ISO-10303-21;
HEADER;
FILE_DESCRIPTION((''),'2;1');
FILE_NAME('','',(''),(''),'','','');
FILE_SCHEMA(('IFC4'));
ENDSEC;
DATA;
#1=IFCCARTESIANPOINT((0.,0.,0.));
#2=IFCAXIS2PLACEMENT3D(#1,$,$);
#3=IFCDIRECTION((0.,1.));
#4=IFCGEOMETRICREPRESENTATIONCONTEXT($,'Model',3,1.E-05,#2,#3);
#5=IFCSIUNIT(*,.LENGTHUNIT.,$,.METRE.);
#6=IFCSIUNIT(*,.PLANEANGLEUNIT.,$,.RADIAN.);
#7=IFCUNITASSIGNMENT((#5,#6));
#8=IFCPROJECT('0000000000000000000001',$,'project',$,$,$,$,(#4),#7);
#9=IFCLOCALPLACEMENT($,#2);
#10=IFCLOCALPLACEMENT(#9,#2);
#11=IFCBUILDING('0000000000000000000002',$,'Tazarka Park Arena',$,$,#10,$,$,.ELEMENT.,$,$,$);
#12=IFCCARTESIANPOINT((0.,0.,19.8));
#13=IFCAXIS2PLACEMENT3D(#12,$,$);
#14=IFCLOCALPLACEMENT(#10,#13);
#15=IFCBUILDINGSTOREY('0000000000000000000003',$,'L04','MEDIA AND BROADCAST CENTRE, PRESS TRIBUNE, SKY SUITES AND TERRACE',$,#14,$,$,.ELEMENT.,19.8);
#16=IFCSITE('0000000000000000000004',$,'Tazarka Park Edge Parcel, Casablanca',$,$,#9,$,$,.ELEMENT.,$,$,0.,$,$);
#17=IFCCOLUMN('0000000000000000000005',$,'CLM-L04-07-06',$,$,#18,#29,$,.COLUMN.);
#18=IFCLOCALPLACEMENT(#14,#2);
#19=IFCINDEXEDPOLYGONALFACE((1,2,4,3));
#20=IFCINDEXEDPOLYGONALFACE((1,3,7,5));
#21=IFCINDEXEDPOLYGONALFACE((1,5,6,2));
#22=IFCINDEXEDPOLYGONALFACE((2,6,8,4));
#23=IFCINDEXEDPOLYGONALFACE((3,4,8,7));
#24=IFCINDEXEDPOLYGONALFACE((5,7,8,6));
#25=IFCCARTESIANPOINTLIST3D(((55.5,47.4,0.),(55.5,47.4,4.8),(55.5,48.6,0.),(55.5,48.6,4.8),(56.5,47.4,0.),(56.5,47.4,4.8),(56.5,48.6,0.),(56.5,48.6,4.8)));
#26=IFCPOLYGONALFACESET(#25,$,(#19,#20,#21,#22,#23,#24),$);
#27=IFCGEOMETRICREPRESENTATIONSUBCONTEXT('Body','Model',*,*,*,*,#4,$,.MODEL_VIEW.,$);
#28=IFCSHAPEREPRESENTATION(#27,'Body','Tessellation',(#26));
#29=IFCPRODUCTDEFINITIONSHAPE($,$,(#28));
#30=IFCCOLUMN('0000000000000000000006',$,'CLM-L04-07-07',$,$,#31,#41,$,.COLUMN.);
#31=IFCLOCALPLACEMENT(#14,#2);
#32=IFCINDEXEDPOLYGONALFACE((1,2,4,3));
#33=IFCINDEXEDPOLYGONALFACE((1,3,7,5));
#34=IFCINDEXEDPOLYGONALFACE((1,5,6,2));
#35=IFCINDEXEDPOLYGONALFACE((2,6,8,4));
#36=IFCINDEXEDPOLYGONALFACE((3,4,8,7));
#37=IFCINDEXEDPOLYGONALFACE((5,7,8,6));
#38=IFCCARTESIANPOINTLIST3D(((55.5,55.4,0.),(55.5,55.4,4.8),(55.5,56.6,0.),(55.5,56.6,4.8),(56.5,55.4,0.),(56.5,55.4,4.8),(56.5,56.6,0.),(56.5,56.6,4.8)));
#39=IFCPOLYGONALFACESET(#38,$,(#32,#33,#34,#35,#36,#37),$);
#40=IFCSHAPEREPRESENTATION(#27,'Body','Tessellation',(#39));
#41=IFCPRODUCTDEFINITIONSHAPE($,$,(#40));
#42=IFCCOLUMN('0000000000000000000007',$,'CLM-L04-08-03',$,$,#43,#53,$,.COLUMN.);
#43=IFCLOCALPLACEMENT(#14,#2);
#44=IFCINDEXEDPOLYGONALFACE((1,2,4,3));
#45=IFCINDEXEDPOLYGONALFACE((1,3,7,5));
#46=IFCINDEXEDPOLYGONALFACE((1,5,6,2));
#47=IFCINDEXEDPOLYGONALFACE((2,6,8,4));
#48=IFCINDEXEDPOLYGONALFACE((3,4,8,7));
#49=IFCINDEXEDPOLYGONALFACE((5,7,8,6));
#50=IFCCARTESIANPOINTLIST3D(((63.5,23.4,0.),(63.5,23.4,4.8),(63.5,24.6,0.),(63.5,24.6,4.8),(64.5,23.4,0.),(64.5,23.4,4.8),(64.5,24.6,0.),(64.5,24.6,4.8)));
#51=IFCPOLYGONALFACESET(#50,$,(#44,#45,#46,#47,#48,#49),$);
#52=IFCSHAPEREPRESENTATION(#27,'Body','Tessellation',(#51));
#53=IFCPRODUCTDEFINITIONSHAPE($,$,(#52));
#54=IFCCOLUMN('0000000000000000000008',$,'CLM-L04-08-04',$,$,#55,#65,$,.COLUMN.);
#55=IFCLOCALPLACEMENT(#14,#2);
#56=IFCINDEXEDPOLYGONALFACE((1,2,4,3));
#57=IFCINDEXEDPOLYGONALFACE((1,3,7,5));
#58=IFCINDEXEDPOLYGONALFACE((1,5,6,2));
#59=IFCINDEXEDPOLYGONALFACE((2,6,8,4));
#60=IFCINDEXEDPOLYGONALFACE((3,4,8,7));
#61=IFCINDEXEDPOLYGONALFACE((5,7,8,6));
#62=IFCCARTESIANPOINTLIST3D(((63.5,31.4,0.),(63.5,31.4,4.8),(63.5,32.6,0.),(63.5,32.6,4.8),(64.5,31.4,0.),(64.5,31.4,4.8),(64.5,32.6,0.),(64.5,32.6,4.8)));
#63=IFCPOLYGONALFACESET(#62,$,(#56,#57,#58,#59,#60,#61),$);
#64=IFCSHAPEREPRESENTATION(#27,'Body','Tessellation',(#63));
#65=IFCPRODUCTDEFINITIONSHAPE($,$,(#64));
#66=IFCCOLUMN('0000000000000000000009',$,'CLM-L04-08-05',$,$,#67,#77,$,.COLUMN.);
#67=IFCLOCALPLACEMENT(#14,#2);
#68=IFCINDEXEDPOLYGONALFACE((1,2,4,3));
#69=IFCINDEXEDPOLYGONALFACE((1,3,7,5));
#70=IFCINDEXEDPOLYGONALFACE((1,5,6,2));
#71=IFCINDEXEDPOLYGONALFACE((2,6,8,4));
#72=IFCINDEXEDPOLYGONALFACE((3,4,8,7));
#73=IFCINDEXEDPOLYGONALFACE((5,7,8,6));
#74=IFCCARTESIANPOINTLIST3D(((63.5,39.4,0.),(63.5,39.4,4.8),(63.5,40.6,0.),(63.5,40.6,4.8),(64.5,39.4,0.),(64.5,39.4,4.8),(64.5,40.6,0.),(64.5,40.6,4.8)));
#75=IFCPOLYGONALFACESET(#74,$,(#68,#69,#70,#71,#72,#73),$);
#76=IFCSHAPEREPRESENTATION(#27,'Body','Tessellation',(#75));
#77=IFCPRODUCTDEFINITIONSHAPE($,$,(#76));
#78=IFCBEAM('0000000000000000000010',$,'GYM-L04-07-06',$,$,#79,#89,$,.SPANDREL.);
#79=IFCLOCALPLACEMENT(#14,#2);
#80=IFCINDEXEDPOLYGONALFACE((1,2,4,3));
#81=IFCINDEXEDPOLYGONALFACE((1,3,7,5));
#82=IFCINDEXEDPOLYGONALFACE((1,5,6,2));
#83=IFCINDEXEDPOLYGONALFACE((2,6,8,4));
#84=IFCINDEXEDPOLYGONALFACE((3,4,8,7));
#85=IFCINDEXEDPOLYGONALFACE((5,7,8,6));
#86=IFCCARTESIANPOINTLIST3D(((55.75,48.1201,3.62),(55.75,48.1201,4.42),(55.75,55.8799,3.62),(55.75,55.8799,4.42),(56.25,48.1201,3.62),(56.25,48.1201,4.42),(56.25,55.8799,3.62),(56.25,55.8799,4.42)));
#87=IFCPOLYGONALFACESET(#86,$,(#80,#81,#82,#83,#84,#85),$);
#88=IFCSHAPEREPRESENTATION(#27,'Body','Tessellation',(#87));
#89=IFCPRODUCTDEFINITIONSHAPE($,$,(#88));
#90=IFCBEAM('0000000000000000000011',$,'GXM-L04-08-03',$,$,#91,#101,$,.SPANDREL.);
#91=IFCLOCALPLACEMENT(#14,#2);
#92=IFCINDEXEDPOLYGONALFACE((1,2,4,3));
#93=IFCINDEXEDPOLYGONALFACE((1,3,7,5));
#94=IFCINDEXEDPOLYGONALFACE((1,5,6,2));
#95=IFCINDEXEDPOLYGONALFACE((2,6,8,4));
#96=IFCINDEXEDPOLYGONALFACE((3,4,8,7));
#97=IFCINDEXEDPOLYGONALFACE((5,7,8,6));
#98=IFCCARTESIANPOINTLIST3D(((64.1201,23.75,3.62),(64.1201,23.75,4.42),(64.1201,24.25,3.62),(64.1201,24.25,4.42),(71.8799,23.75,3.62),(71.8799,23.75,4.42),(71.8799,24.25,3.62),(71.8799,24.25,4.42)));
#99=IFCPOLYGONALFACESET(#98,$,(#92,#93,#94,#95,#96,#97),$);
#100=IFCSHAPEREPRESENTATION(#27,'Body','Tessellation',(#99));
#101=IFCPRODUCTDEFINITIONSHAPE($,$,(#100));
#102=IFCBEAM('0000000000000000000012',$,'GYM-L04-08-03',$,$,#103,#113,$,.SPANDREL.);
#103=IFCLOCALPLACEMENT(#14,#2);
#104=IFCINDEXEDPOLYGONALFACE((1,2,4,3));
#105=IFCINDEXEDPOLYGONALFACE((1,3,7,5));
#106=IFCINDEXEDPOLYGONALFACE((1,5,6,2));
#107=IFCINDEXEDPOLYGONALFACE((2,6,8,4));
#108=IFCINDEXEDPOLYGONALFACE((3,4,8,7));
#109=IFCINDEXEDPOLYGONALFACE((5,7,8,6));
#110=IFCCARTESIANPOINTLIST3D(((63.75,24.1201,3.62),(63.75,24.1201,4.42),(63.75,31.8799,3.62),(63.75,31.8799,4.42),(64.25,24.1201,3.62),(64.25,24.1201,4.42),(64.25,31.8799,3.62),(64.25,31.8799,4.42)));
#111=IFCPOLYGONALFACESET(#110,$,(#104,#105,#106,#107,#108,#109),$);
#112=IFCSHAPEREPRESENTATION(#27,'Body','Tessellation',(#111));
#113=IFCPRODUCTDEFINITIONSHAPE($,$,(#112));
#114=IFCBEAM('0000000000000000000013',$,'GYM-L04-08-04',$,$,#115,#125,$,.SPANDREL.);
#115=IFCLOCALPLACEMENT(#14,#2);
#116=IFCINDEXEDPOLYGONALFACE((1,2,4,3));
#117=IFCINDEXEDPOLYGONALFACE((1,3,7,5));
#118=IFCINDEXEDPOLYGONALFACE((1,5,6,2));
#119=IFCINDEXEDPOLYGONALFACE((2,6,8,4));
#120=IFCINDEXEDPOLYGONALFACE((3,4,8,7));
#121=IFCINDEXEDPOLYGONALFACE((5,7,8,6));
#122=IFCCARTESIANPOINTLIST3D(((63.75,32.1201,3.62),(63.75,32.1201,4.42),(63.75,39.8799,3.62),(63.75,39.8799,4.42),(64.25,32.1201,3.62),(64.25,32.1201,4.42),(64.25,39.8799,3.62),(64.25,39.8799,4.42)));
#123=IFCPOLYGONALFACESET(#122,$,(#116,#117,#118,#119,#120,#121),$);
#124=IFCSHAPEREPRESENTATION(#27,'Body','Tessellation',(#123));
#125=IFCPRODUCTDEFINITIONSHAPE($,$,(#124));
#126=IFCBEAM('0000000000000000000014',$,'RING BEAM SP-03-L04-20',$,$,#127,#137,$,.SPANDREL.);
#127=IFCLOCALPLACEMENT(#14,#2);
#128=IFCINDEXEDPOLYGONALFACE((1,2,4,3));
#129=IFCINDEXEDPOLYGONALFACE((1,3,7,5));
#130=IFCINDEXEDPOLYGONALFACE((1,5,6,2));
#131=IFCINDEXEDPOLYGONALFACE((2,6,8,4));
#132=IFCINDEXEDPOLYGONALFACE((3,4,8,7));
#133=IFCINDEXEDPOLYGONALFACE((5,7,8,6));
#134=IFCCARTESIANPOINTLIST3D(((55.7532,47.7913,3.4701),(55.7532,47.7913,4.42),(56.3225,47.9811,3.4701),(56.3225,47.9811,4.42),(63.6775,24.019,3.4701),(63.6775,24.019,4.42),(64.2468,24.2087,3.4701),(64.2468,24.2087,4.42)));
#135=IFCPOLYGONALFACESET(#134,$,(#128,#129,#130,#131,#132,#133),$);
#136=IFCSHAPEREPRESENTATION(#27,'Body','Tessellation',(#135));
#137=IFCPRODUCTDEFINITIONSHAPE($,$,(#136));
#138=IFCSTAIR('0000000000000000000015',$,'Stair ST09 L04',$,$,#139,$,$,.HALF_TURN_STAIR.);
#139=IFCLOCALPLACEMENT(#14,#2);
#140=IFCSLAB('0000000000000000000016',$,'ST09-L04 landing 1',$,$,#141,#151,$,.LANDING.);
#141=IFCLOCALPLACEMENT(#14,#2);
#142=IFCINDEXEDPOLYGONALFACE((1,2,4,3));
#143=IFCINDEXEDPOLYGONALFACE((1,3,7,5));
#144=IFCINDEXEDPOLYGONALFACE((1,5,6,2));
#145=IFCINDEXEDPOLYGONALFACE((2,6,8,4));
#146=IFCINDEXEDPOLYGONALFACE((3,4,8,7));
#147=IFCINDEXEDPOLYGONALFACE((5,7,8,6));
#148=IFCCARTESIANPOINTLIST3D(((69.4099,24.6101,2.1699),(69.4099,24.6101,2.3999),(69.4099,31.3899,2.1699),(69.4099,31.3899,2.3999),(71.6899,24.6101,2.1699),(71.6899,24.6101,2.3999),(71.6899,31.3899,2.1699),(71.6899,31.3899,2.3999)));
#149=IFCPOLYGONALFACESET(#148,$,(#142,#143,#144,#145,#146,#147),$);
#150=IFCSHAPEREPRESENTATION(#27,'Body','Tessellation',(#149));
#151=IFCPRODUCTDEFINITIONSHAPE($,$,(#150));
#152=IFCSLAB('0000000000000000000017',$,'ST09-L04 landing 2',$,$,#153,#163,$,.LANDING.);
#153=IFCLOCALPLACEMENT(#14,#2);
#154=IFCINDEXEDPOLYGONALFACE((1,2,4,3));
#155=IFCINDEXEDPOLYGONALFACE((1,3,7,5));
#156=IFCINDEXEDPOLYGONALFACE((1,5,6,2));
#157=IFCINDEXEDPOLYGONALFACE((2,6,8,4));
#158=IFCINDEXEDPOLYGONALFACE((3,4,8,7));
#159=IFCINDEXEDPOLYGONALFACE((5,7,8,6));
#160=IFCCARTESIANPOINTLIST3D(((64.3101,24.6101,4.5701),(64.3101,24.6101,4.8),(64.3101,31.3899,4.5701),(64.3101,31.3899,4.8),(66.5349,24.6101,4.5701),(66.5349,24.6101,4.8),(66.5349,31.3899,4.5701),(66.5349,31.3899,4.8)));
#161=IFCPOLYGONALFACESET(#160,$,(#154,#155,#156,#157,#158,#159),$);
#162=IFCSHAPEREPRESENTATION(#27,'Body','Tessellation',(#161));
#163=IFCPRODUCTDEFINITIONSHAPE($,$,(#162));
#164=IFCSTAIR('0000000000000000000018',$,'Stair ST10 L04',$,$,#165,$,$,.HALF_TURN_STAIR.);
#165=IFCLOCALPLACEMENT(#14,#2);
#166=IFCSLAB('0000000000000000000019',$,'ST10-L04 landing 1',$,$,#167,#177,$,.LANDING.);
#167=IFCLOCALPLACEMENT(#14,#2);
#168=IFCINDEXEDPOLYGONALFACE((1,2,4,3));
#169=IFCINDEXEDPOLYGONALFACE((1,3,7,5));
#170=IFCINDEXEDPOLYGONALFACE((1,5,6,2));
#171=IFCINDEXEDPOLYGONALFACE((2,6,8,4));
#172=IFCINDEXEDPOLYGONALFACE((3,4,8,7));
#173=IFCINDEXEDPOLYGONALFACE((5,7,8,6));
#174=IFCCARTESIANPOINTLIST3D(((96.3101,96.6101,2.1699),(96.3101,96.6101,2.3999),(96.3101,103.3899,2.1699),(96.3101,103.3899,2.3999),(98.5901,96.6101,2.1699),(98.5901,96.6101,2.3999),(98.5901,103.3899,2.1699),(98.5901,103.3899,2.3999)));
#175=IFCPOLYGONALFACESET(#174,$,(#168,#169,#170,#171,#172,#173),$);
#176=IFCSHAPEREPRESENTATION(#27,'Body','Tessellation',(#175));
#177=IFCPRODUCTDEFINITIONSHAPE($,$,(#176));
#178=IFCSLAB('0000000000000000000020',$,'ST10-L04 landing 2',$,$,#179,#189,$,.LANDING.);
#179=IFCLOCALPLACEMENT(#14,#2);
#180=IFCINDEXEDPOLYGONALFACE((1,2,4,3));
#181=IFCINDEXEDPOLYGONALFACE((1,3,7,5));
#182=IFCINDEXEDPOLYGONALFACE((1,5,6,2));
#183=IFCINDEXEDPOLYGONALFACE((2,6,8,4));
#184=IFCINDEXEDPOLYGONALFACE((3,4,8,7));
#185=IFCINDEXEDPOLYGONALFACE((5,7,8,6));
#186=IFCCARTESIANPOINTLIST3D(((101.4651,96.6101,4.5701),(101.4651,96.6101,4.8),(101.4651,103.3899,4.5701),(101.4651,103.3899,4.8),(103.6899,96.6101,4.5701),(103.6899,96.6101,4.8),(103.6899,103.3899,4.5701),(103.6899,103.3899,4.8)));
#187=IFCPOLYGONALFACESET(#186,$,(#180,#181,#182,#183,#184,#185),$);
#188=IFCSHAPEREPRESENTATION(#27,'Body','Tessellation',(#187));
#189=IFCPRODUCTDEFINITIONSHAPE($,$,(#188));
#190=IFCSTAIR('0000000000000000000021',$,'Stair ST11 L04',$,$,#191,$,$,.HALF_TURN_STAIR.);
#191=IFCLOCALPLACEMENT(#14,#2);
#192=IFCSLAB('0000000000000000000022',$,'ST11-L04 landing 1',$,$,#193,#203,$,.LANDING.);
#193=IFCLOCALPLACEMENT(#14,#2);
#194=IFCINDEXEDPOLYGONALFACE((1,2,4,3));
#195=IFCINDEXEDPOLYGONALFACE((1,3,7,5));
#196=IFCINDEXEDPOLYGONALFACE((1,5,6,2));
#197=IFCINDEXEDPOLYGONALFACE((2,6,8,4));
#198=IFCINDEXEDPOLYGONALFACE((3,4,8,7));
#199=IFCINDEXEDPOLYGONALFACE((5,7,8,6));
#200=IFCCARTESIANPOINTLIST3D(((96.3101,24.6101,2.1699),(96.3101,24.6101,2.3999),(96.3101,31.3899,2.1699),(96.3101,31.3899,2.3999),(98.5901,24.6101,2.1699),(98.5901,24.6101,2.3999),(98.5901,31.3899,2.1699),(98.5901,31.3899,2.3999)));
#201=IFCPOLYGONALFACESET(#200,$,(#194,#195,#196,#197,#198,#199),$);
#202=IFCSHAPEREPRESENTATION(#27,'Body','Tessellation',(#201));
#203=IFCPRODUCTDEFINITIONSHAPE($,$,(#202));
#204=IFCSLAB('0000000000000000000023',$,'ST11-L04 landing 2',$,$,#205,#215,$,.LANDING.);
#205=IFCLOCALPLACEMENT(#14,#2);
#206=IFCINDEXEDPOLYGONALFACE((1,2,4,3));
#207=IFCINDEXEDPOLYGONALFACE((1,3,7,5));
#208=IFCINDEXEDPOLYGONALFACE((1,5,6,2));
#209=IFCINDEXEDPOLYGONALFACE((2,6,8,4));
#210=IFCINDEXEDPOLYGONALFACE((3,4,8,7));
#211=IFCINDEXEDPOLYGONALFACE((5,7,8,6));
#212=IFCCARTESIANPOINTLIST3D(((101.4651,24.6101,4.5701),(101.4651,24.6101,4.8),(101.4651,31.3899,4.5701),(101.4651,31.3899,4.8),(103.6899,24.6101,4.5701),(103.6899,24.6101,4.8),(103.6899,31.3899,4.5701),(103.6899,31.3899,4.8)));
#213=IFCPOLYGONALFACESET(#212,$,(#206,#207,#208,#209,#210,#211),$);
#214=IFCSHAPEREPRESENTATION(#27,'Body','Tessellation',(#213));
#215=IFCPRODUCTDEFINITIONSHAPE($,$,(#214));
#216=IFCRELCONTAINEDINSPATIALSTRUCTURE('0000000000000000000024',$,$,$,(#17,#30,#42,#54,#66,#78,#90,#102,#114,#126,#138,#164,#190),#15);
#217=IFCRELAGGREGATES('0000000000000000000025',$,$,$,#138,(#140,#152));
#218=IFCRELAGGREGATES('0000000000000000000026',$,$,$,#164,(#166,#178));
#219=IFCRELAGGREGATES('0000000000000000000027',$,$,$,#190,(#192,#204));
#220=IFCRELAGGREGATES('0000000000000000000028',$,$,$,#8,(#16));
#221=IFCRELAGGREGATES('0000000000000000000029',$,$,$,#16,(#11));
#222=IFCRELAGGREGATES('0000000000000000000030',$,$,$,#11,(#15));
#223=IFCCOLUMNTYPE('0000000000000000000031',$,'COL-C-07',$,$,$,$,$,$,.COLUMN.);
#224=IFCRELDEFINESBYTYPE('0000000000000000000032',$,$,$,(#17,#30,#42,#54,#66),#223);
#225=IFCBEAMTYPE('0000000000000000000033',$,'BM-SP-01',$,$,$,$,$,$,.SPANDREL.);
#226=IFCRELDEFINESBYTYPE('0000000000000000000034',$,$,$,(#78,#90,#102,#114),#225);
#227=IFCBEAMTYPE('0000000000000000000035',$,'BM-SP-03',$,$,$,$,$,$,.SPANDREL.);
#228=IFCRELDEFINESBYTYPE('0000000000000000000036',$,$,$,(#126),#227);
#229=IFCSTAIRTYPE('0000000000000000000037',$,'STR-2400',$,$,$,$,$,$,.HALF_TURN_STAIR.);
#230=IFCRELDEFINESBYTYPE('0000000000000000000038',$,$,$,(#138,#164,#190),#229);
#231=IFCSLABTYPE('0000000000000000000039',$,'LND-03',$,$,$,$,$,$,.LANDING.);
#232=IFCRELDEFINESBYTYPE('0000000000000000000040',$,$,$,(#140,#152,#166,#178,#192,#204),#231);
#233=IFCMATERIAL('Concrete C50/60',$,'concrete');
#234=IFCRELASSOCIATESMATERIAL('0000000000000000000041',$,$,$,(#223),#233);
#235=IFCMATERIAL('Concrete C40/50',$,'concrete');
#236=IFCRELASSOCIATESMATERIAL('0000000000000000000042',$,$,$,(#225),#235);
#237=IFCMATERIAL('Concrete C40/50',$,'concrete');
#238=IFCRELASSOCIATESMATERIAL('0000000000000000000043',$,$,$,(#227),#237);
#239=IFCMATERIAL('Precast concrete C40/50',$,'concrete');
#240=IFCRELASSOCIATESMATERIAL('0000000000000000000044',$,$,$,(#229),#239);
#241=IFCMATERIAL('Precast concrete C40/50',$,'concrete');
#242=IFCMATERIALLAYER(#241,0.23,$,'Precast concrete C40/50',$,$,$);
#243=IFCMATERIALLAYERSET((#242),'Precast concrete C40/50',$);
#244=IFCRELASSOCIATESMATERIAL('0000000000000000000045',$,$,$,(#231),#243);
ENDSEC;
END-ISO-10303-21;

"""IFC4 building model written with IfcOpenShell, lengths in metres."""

from ifc_helpers import new_model, si_unit, direction, frame, origin, origin_2d, place, context, subcontext, project, spatial, polyline, rectangle, outline, extrude, material, layer, layer_set, material_profile, profile_set, type_object, element, aggregate, save


model = new_model("IFC4")

# Units and contexts
model_context = context("Model", 3, precision=1e-05, world=origin(), true_north=direction((0.0, 1.0)))
body_context = subcontext(model_context, "Body", "Model", "MODEL_VIEW")
ifc_project = project(units=[si_unit("LENGTHUNIT", "METRE"), si_unit("PLANEANGLEUNIT", "RADIAN")], contexts=[model_context])

# Site, building, storey
site_placement = place(None, origin())
site = spatial("IfcSite", under=ifc_project, at=site_placement, Name="Tazarka Park Edge Parcel, Casablanca", CompositionType="ELEMENT", RefElevation=0.0)
building_placement = place(site_placement, origin())
building = spatial("IfcBuilding", under=site, at=building_placement, Name="Tazarka Park Arena", CompositionType="ELEMENT")
storey_placement = place(building_placement, frame((0.0, 0.0, 19.8)))
storey = spatial("IfcBuildingStorey", under=building, at=storey_placement, Name="L04", Description="MEDIA AND BROADCAST CENTRE, PRESS TRIBUNE, SKY SUITES AND TERRACE", CompositionType="ELEMENT", Elevation=19.8)

# Columns
ifc_material_1 = material(Name="Concrete C50/60", Category="concrete")
ifc_material_profile_1 = material_profile(ifc_material_1, rectangle(XDim=1.0, YDim=1.2, at=origin_2d()), Name="Concrete C50/60")
ifc_profile_set_1 = profile_set([ifc_material_profile_1], Name="Concrete C50/60")
column_type = type_object("IfcColumnType", Name="COL-C-07", PredefinedType="COLUMN", material=ifc_profile_set_1)
for number, where, z_axis, x_axis, name in (
    (1, (56.0, 48.0, 0.0), (0.0, 0.0, 1.0), (1.0, 0.0, 0.0), "CLM-L04-07-06"),
    (2, (56.0, 56.0, 0.0), (0.0, 0.0, 1.0), (1.0, 0.0, 0.0), "CLM-L04-07-07"),
    (3, (64.0, 24.0, 0.0), (0.0, 0.0, 1.0), (1.0, 0.0, 0.0), "CLM-L04-08-03"),
    (4, (64.0, 32.0, 0.0), (0.0, 0.0, 1.0), (1.0, 0.0, 0.0), "CLM-L04-08-04"),
    (5, (64.0, 40.0, 0.0), (0.0, 0.0, 1.0), (1.0, 0.0, 0.0), "CLM-L04-08-05"),
):
    element("IfcColumn", number, at=place(storey_placement, frame(where, z_axis=z_axis, x_axis=x_axis)), inside=storey, type_object=column_type, Name=name, PredefinedType="COLUMN", context=body_context, shape_type="SweptSolid", body=[
        extrude(rectangle(XDim=1.0, YDim=1.2, at=origin_2d()), origin(), (0.0, 0.0, 1.0), 4.8),
    ])

# Beams
ifc_material_2 = material(Name="Concrete C40/50", Category="concrete")
ifc_material_profile_2 = material_profile(ifc_material_2, rectangle(XDim=0.5, YDim=0.8, at=origin_2d()), Name="Concrete C40/50")
ifc_profile_set_2 = profile_set([ifc_material_profile_2], Name="Concrete C40/50")
beam_type_1 = type_object("IfcBeamType", Name="BM-SP-01", PredefinedType="SPANDREL", material=ifc_profile_set_2)
for number, where, z_axis, x_axis, name in (
    (6, (56.0, 48.1201, 4.02), (0.0, 1.0, 0.0), (-1.0, 0.0, 0.0), "GYM-L04-07-06"),
    (7, (64.1201, 24.0, 4.02), (1.0, 0.0, 0.0), (0.0, 1.0, 0.0), "GXM-L04-08-03"),
    (8, (64.0, 24.1201, 4.02), (0.0, 1.0, 0.0), (-1.0, 0.0, 0.0), "GYM-L04-08-03"),
    (9, (64.0, 32.1201, 4.02), (0.0, 1.0, 0.0), (-1.0, 0.0, 0.0), "GYM-L04-08-04"),
):
    element("IfcBeam", number, at=place(storey_placement, frame(where, z_axis=z_axis, x_axis=x_axis)), inside=storey, type_object=beam_type_1, Name=name, PredefinedType="SPANDREL", context=body_context, shape_type="SweptSolid", body=[
        extrude(rectangle(XDim=0.5, YDim=0.8, at=origin_2d()), origin(), (0.0, 0.0, 1.0), 7.7598),
    ])
ifc_material_3 = material(Name="Concrete C40/50", Category="concrete")
ifc_material_profile_3 = material_profile(ifc_material_3, rectangle(XDim=0.6001, YDim=0.95, at=origin_2d()), Name="Concrete C40/50")
ifc_profile_set_3 = profile_set([ifc_material_profile_3], Name="Concrete C40/50")
beam_type_2 = type_object("IfcBeamType", Name="BM-SP-03", PredefinedType="SPANDREL", material=ifc_profile_set_3)
beam_placement = place(storey_placement, frame((56.0378, 47.8862, 3.9451), z_axis=(0.316234, -0.948681, 0.0), x_axis=(0.948681, 0.316234, 0.0)))
element("IfcBeam", 10, at=beam_placement, inside=storey, type_object=beam_type_2, Name="RING BEAM SP-03-L04-20", PredefinedType="SPANDREL", context=body_context, shape_type="SweptSolid", body=[
    extrude(rectangle(XDim=0.6001, YDim=0.95, at=origin_2d()), origin(), (0.0, 0.0, 1.0), 25.0583),
])

# Stairs, slabs
ifc_material_4 = material(Name="Precast concrete C40/50", Category="concrete")
stair_type = type_object("IfcStairType", Name="STR-2400", PredefinedType="HALF_TURN_STAIR", material=ifc_material_4)
stair_1_placement = place(storey_placement, origin())
stair_1 = element("IfcStair", 11, at=stair_1_placement, inside=storey, type_object=stair_type, Name="Stair ST09 L04", PredefinedType="HALF_TURN_STAIR")
ifc_material_5 = material(Name="Precast concrete C40/50", Category="concrete")
ifc_layer_1 = layer(ifc_material_5, 0.23, Name="Precast concrete C40/50")
ifc_layer_set_1 = layer_set([ifc_layer_1], Name="Precast concrete C40/50")
slab_type_1 = type_object("IfcSlabType", Name="LND-03", PredefinedType="LANDING", material=ifc_layer_set_1)
slab_1_placement = place(storey_placement, frame((0.0, 0.0, 2.1699)))
slab_1 = element("IfcSlab", 12, at=slab_1_placement, type_object=slab_type_1, Name="ST09-L04 landing 1", PredefinedType="LANDING", context=body_context, shape_type="SweptSolid", body=[
    extrude(outline(polyline([(69.4099, 24.6101), (71.6899, 24.6101), (71.6899, 31.3899), (69.4099, 31.3899), (69.4099, 24.6101)])), origin(), (0.0, 0.0, 1.0), 0.23),
])
slab_2_placement = place(storey_placement, frame((0.0, 0.0, 4.5701)))
slab_2 = element("IfcSlab", 13, at=slab_2_placement, type_object=slab_type_1, Name="ST09-L04 landing 2", PredefinedType="LANDING", context=body_context, shape_type="SweptSolid", body=[
    extrude(outline(polyline([(64.3101, 24.6101), (66.5349, 24.6101), (66.5349, 31.3899), (64.3101, 31.3899), (64.3101, 24.6101)])), origin(), (0.0, 0.0, 1.0), 0.23),
])
aggregate(stair_1, [slab_1, slab_2])
stair_2_placement = place(storey_placement, origin())
stair_2 = element("IfcStair", 14, at=stair_2_placement, inside=storey, type_object=stair_type, Name="Stair ST10 L04", PredefinedType="HALF_TURN_STAIR")
slab_3_placement = place(storey_placement, frame((0.0, 0.0, 2.1699)))
slab_3 = element("IfcSlab", 15, at=slab_3_placement, type_object=slab_type_1, Name="ST10-L04 landing 1", PredefinedType="LANDING", context=body_context, shape_type="SweptSolid", body=[
    extrude(outline(polyline([(96.3101, 96.6101), (98.5901, 96.6101), (98.5901, 103.3899), (96.3101, 103.3899), (96.3101, 96.6101)])), origin(), (0.0, 0.0, 1.0), 0.23),
])
slab_4_placement = place(storey_placement, frame((0.0, 0.0, 4.5701)))
slab_4 = element("IfcSlab", 16, at=slab_4_placement, type_object=slab_type_1, Name="ST10-L04 landing 2", PredefinedType="LANDING", context=body_context, shape_type="SweptSolid", body=[
    extrude(outline(polyline([(101.4651, 96.6101), (103.6899, 96.6101), (103.6899, 103.3899), (101.4651, 103.3899), (101.4651, 96.6101)])), origin(), (0.0, 0.0, 1.0), 0.23),
])
aggregate(stair_2, [slab_3, slab_4])
stair_3_placement = place(storey_placement, origin())
stair_3 = element("IfcStair", 17, at=stair_3_placement, inside=storey, type_object=stair_type, Name="Stair ST11 L04", PredefinedType="HALF_TURN_STAIR")
slab_5_placement = place(storey_placement, frame((0.0, 0.0, 2.1699)))
slab_5 = element("IfcSlab", 18, at=slab_5_placement, type_object=slab_type_1, Name="ST11-L04 landing 1", PredefinedType="LANDING", context=body_context, shape_type="SweptSolid", body=[
    extrude(outline(polyline([(96.3101, 24.6101), (98.5901, 24.6101), (98.5901, 31.3899), (96.3101, 31.3899), (96.3101, 24.6101)])), origin(), (0.0, 0.0, 1.0), 0.23),
])
slab_6_placement = place(storey_placement, frame((0.0, 0.0, 4.5701)))
slab_6 = element("IfcSlab", 19, at=slab_6_placement, type_object=slab_type_1, Name="ST11-L04 landing 2", PredefinedType="LANDING", context=body_context, shape_type="SweptSolid", body=[
    extrude(outline(polyline([(101.4651, 24.6101), (103.6899, 24.6101), (103.6899, 31.3899), (101.4651, 31.3899), (101.4651, 24.6101)])), origin(), (0.0, 0.0, 1.0), 0.23),
])
aggregate(stair_3, [slab_5, slab_6])

save(model, "model.ifc")
